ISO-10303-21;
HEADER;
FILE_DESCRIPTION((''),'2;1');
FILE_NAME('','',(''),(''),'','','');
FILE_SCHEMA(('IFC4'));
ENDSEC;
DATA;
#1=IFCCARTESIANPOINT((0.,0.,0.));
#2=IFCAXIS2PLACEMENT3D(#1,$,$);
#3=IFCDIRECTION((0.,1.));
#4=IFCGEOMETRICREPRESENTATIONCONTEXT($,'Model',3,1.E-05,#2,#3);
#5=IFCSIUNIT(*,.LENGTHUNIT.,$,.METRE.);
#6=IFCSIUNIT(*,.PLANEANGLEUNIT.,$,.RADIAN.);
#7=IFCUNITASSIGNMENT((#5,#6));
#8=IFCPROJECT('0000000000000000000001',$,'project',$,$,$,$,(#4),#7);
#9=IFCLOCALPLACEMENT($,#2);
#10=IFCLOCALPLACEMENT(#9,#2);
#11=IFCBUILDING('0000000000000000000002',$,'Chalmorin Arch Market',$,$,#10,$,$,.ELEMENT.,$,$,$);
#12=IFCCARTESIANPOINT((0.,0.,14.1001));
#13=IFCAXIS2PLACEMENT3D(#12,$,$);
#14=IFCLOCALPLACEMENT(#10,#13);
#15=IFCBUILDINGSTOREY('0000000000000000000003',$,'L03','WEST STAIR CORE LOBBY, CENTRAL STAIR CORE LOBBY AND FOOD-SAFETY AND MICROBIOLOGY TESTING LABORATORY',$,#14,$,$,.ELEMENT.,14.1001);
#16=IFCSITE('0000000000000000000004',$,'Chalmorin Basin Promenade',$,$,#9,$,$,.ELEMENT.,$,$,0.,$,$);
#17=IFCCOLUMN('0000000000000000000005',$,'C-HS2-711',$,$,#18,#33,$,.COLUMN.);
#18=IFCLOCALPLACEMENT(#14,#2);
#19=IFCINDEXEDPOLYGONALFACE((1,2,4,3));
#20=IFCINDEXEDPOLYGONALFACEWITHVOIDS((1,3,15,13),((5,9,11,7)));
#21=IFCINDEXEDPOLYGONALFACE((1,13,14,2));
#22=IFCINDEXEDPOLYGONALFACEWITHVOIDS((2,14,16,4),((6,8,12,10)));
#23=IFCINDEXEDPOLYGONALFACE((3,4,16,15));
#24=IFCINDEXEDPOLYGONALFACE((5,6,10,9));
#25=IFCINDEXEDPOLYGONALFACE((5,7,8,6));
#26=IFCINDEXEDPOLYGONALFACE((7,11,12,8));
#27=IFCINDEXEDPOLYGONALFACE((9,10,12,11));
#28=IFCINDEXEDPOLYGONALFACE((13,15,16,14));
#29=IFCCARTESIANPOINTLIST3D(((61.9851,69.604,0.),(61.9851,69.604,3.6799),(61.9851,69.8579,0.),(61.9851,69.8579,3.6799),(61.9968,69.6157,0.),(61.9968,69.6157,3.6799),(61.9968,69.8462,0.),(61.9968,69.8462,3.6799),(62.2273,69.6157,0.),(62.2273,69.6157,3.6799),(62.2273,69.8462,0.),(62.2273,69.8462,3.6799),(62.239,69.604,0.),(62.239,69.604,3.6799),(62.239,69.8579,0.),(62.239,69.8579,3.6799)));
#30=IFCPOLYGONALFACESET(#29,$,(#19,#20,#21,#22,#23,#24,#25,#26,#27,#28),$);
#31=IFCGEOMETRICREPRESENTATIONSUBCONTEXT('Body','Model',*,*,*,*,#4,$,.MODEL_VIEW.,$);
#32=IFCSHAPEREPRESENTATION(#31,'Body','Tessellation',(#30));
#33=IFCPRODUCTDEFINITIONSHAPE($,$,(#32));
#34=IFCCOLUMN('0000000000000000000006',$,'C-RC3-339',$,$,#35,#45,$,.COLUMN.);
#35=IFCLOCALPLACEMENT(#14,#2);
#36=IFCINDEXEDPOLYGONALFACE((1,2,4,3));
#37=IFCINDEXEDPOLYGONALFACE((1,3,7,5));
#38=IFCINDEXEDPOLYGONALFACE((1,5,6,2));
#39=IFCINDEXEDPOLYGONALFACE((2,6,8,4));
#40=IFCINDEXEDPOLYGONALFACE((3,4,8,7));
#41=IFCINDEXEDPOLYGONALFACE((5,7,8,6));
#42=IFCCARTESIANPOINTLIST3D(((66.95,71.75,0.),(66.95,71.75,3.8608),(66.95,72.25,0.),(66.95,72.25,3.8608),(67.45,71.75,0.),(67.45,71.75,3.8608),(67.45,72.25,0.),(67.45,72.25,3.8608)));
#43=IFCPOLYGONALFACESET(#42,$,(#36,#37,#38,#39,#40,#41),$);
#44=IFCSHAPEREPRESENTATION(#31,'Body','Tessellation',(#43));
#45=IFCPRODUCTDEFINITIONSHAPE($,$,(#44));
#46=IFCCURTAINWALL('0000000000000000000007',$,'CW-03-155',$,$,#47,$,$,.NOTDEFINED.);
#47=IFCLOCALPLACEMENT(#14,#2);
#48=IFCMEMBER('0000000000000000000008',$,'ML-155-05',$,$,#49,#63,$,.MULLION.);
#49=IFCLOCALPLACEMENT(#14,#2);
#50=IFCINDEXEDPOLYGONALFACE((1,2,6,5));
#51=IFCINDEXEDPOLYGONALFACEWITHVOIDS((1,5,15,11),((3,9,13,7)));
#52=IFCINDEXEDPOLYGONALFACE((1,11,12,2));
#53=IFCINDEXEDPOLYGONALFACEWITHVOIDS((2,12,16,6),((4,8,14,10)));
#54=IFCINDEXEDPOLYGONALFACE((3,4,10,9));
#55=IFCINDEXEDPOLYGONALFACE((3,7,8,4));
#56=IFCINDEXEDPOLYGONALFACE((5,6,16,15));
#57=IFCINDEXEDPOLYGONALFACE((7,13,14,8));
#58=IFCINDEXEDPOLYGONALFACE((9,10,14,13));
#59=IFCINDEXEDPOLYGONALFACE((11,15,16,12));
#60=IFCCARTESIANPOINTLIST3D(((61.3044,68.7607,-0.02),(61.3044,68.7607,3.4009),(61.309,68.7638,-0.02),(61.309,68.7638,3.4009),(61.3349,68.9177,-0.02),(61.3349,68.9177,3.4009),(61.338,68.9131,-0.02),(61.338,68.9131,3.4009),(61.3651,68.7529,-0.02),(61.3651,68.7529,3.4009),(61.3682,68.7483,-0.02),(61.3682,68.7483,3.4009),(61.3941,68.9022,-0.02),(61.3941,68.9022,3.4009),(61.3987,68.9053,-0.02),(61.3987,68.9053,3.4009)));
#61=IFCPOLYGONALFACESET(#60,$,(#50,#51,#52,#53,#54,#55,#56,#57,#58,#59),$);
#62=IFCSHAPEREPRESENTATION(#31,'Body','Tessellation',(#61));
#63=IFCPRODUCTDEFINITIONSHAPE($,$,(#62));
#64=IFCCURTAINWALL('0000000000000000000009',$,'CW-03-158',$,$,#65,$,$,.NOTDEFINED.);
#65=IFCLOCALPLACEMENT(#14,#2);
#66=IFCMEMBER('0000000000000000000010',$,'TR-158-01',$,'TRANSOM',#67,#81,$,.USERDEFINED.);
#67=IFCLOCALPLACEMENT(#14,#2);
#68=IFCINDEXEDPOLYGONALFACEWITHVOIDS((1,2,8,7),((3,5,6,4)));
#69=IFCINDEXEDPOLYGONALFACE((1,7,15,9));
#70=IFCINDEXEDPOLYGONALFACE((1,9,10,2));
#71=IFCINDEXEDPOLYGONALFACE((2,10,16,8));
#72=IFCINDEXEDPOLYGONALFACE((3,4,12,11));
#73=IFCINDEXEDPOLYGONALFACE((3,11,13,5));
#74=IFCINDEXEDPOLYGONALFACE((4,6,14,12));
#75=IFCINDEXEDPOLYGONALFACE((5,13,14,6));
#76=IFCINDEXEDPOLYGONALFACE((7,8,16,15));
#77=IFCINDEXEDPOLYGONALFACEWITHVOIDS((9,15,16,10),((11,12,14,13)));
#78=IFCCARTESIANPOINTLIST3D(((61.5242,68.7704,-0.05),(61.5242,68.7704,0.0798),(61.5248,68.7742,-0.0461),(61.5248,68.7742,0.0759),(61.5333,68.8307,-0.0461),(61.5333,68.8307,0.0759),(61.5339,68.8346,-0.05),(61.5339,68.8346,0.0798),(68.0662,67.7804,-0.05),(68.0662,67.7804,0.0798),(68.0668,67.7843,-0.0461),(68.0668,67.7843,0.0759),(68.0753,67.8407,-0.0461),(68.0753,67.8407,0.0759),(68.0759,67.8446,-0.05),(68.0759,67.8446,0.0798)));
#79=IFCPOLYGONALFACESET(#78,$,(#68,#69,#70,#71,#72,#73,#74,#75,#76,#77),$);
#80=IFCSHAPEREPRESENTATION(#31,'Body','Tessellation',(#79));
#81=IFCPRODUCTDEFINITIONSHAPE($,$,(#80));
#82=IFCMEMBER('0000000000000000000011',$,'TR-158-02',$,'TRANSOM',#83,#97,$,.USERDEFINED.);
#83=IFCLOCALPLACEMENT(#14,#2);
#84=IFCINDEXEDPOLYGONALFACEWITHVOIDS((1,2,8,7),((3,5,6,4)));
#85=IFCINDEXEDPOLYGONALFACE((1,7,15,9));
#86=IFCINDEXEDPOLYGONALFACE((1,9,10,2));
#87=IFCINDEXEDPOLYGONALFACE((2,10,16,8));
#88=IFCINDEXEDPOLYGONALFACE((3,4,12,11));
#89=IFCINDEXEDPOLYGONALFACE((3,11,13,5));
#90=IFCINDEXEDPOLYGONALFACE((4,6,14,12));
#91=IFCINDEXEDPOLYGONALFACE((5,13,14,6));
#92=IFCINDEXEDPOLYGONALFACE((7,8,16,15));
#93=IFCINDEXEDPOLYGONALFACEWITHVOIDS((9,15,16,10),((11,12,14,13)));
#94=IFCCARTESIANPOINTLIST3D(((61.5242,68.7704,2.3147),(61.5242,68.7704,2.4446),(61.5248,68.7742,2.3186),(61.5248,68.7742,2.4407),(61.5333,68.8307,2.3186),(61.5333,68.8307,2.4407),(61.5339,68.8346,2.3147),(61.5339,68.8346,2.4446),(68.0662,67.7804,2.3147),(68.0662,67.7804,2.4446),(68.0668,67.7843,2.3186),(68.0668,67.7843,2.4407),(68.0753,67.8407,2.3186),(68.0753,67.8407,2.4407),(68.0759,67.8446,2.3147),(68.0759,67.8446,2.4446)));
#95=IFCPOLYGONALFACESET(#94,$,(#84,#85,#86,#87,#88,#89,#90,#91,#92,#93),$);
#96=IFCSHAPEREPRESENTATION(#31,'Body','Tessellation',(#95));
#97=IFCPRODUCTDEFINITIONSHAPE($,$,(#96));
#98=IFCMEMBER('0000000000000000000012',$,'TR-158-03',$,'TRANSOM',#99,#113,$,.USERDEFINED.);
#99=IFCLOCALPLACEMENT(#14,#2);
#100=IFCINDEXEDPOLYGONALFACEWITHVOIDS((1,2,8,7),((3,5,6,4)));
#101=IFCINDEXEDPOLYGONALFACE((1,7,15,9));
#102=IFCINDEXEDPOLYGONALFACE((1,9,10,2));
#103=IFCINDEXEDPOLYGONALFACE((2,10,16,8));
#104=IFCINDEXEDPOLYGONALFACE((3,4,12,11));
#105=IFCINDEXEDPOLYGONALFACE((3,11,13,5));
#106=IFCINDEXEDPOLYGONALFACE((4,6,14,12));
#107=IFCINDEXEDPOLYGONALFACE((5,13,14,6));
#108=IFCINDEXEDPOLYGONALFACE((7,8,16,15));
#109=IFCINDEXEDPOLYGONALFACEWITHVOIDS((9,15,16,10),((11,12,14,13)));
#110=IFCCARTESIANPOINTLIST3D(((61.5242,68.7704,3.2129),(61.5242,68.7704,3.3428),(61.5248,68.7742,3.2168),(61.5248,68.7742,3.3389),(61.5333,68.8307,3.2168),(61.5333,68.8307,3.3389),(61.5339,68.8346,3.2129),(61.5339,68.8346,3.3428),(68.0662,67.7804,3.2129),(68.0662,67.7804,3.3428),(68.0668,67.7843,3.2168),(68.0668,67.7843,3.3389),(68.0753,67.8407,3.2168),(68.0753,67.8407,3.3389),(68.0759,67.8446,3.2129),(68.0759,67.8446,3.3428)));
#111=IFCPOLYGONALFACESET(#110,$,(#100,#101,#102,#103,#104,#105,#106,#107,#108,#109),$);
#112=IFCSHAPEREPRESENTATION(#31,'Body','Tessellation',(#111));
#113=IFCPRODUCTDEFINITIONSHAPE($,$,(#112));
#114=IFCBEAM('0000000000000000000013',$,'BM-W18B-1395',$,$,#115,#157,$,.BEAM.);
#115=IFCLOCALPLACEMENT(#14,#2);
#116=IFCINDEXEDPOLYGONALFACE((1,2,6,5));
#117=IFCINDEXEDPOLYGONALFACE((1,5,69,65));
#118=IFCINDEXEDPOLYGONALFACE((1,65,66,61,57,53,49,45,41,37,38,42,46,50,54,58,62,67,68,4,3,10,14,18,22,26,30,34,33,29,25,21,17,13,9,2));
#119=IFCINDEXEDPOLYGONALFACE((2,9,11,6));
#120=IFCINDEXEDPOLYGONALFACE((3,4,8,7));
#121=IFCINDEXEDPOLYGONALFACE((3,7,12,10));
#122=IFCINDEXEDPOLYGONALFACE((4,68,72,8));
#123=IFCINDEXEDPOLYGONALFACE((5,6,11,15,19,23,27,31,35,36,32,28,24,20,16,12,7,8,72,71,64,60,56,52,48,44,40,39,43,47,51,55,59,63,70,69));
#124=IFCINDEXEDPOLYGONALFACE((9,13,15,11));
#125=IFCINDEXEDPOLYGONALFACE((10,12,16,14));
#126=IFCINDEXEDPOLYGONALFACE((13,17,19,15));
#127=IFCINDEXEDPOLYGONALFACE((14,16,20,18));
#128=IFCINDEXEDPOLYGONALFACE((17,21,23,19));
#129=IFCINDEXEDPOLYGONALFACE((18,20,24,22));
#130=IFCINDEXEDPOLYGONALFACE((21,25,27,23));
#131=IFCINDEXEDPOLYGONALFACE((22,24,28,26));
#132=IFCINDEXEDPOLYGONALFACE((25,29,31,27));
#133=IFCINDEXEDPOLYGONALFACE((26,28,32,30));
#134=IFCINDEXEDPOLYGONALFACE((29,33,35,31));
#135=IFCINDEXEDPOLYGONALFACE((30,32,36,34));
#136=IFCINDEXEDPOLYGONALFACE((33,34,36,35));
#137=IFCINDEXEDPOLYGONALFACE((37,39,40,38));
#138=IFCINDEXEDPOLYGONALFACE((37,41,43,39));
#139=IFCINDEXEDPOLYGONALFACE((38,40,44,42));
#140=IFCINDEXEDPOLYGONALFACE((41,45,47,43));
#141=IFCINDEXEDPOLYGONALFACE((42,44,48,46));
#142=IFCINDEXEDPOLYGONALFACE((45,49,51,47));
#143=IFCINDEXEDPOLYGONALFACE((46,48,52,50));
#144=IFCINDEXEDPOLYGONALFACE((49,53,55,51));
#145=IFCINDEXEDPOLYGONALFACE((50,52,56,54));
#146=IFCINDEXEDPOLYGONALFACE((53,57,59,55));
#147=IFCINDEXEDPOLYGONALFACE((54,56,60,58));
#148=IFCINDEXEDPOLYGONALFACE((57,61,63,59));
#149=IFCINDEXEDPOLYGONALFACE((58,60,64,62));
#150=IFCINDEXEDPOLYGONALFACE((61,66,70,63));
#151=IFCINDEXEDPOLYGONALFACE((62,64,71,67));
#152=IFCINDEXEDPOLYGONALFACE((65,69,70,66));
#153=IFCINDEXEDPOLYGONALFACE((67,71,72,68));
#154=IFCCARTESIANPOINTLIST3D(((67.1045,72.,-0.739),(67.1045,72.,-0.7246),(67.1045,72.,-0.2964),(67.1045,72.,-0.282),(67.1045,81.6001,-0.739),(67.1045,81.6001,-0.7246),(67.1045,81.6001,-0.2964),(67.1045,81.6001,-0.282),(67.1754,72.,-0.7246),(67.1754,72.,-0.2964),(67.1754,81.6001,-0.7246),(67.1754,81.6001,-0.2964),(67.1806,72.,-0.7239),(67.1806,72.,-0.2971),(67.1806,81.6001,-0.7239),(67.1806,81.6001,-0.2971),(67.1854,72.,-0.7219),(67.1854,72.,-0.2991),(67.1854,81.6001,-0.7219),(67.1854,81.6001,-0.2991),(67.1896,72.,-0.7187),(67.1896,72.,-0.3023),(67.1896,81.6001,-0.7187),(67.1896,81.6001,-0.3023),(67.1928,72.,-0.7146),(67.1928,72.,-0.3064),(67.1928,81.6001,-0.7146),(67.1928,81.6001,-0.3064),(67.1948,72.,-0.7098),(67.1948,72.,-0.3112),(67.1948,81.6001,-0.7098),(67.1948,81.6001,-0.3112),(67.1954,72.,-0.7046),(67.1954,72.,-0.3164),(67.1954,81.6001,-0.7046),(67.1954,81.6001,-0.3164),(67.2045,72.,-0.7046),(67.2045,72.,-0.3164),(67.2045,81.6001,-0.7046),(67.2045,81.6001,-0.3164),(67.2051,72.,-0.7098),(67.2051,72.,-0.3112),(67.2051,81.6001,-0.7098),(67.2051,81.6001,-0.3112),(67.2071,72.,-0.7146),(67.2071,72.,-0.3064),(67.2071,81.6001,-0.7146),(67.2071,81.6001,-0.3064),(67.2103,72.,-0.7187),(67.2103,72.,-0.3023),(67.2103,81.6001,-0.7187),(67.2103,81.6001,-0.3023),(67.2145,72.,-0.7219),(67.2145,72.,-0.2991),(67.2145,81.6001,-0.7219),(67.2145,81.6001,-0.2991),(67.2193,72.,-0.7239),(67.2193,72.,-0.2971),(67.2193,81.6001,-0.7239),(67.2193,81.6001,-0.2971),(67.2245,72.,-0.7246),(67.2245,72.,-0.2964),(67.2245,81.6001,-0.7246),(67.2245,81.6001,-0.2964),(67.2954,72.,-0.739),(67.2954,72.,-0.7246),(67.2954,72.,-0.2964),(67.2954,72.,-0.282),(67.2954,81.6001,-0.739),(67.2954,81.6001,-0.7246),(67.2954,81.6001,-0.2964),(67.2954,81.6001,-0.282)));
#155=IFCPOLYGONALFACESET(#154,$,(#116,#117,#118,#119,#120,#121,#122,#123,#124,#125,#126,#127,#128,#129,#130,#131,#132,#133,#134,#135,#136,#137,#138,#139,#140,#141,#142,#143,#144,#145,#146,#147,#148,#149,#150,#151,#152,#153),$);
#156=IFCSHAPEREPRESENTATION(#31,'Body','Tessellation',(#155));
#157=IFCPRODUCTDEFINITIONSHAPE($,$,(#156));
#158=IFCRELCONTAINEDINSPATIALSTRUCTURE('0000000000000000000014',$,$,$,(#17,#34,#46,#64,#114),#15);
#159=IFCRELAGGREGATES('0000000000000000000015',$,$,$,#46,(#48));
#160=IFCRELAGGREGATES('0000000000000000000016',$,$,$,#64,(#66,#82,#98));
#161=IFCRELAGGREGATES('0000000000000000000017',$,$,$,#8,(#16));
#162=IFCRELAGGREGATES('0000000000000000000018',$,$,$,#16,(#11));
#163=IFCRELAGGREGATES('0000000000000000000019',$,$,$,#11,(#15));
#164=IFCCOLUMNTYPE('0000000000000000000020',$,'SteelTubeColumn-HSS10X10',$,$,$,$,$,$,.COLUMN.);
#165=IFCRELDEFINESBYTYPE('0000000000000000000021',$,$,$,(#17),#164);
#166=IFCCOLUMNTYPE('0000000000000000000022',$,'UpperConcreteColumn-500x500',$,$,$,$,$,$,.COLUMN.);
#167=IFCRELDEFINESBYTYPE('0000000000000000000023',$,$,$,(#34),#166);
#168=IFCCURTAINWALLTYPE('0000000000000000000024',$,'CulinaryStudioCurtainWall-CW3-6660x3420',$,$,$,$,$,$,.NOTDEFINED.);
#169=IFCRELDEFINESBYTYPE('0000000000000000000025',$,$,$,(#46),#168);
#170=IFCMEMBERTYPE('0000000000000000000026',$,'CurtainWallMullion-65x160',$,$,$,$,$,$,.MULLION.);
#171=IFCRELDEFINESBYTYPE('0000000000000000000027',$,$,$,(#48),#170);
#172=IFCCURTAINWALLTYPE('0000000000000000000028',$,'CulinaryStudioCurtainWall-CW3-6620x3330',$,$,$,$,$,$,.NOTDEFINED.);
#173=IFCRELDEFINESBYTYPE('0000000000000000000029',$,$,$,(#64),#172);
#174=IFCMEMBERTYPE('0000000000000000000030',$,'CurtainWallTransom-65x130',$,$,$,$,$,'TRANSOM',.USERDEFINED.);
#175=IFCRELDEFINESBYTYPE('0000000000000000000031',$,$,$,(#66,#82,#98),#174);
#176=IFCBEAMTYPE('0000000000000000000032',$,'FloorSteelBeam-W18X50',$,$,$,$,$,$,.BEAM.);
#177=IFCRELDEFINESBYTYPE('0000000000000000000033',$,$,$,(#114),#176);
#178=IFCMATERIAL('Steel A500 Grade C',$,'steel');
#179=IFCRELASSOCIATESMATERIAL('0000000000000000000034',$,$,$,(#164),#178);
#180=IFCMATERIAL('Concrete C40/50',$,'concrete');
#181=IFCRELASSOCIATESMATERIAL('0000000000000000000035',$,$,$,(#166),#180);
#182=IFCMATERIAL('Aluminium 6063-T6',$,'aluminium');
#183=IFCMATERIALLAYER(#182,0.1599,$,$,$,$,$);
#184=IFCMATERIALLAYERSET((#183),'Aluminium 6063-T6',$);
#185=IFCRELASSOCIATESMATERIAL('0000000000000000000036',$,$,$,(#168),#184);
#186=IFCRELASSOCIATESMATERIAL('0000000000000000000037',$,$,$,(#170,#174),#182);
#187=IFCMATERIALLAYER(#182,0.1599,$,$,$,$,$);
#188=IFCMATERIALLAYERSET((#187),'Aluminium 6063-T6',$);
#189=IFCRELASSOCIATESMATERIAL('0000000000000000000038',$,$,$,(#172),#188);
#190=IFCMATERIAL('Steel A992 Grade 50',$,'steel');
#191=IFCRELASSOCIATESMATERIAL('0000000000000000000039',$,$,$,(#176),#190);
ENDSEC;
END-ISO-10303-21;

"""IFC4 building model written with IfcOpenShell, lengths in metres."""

from ifc_helpers import new_model, si_unit, direction, frame, origin, origin_2d, place, context, subcontext, project, spatial, rectangle, hollow_rectangle, i_section, extrude, material, layer, layer_set, material_profile, profile_set, type_object, element, aggregate, save


model = new_model("IFC4")

# Units and contexts
model_context = context("Model", 3, precision=1e-05, world=origin(), true_north=direction((0.0, 1.0)))
body_context = subcontext(model_context, "Body", "Model", "MODEL_VIEW")
ifc_project = project(units=[si_unit("LENGTHUNIT", "METRE"), si_unit("PLANEANGLEUNIT", "RADIAN")], contexts=[model_context])

# Site, building, storey
site_placement = place(None, origin())
site = spatial("IfcSite", under=ifc_project, at=site_placement, Name="Chalmorin Basin Promenade", CompositionType="ELEMENT", RefElevation=0.0)
building_placement = place(site_placement, origin())
building = spatial("IfcBuilding", under=site, at=building_placement, Name="Chalmorin Arch Market", CompositionType="ELEMENT")
storey_placement = place(building_placement, frame((0.0, 0.0, 14.1001)))
storey = spatial("IfcBuildingStorey", under=building, at=storey_placement, Name="L03", Description="WEST STAIR CORE LOBBY, CENTRAL STAIR CORE LOBBY AND FOOD-SAFETY AND MICROBIOLOGY TESTING LABORATORY", CompositionType="ELEMENT", Elevation=14.1001)

# Columns
ifc_material_1 = material(Name="Steel A500 Grade C", Category="steel")
ifc_material_profile_1 = material_profile(ifc_material_1, hollow_rectangle(XDim=0.2539, YDim=0.2539, WallThickness=0.0117, at=origin_2d()), Name="HSS10X10X1/2")
ifc_profile_set_1 = profile_set([ifc_material_profile_1], Name="Steel A500 Grade C")
column_type_1 = type_object("IfcColumnType", Name="SteelTubeColumn-HSS10X10", PredefinedType="COLUMN", material=ifc_profile_set_1)
column_1_placement = place(storey_placement, frame((62.1121, 69.731, 0.0), z_axis=(0.0, 0.0, 1.0), x_axis=(1.0, 0.0, 0.0)))
element("IfcColumn", 1, at=column_1_placement, inside=storey, type_object=column_type_1, Name="C-HS2-711", PredefinedType="COLUMN", context=body_context, shape_type="SweptSolid", body=[
    extrude(hollow_rectangle(XDim=0.2539, YDim=0.2539, WallThickness=0.0117, at=origin_2d()), origin(), (0.0, 0.0, 1.0), 3.6799),
])
ifc_material_2 = material(Name="Concrete C40/50", Category="concrete")
ifc_material_profile_2 = material_profile(ifc_material_2, rectangle(XDim=0.5, YDim=0.5, at=origin_2d()), Name="RC500X500")
ifc_profile_set_2 = profile_set([ifc_material_profile_2], Name="Concrete C40/50")
column_type_2 = type_object("IfcColumnType", Name="UpperConcreteColumn-500x500", PredefinedType="COLUMN", material=ifc_profile_set_2)
column_2_placement = place(storey_placement, frame((67.2, 72.0, 0.0), z_axis=(0.0, 0.0, 1.0), x_axis=(1.0, 0.0, 0.0)))
element("IfcColumn", 2, at=column_2_placement, inside=storey, type_object=column_type_2, Name="C-RC3-339", PredefinedType="COLUMN", context=body_context, shape_type="SweptSolid", body=[
    extrude(rectangle(XDim=0.5, YDim=0.5, at=origin_2d()), origin(), (0.0, 0.0, 1.0), 3.8608),
])

# Curtain wall, member
ifc_material_3 = material(Name="Aluminium 6063-T6", Category="aluminium")
ifc_layer_1 = layer(ifc_material_3, 0.1599)
ifc_layer_set_1 = layer_set([ifc_layer_1], Name="Aluminium 6063-T6")
curtain_wall_type_1 = type_object("IfcCurtainWallType", Name="CulinaryStudioCurtainWall-CW3-6660x3420", PredefinedType="NOTDEFINED", material=ifc_layer_set_1)
curtain_wall_1_placement = place(storey_placement, origin())
curtain_wall_1 = element("IfcCurtainWall", 3, at=curtain_wall_1_placement, inside=storey, type_object=curtain_wall_type_1, Name="CW-03-155", PredefinedType="NOTDEFINED")
ifc_material_profile_3 = material_profile(ifc_material_3, hollow_rectangle(XDim=0.0649, YDim=0.1599, WallThickness=0.0039, at=origin_2d()), Name="ALU65X160X4")
ifc_profile_set_3 = profile_set([ifc_material_profile_3], Name="Aluminium 6063-T6")
member_type_1 = type_object("IfcMemberType", Name="CurtainWallMullion-65x160", PredefinedType="MULLION", material=ifc_profile_set_3)
member_1_placement = place(storey_placement, frame((61.3516, 68.833, -0.02), z_axis=(0.0, 0.0, 1.0), x_axis=(0.981627, -0.190809, 0.0)))
member_1 = element("IfcMember", 4, at=member_1_placement, type_object=member_type_1, Name="ML-155-05", PredefinedType="MULLION", context=body_context, shape_type="SweptSolid", body=[
    extrude(hollow_rectangle(XDim=0.0649, YDim=0.1599, WallThickness=0.0039, at=origin_2d()), origin(), (0.0, 0.0, 1.0), 3.4209),
])
aggregate(curtain_wall_1, [member_1])

# Curtain wall, members
ifc_layer_2 = layer(ifc_material_3, 0.1599)
ifc_layer_set_2 = layer_set([ifc_layer_2], Name="Aluminium 6063-T6")
curtain_wall_type_2 = type_object("IfcCurtainWallType", Name="CulinaryStudioCurtainWall-CW3-6620x3330", PredefinedType="NOTDEFINED", material=ifc_layer_set_2)
curtain_wall_2_placement = place(storey_placement, origin())
curtain_wall_2 = element("IfcCurtainWall", 5, at=curtain_wall_2_placement, inside=storey, type_object=curtain_wall_type_2, Name="CW-03-158", PredefinedType="NOTDEFINED")
ifc_material_profile_4 = material_profile(ifc_material_3, hollow_rectangle(XDim=0.0649, YDim=0.1299, WallThickness=0.0039, at=origin_2d()), Name="ALU65X130X4")
ifc_profile_set_4 = profile_set([ifc_material_profile_4], Name="Aluminium 6063-T6")
member_type_2 = type_object("IfcMemberType", Name="CurtainWallTransom-65x130", ElementType="TRANSOM", PredefinedType="USERDEFINED", material=ifc_profile_set_4)
member_2_placement = place(storey_placement, frame((61.5291, 68.8025, 0.0149), z_axis=(0.988743, -0.149625, 0.0), x_axis=(0.149625, 0.988743, 0.0)))
member_2 = element("IfcMember", 6, at=member_2_placement, type_object=member_type_2, Name="TR-158-01", ObjectType="TRANSOM", PredefinedType="USERDEFINED", context=body_context, shape_type="SweptSolid", body=[
    extrude(hollow_rectangle(XDim=0.0649, YDim=0.1299, WallThickness=0.0039, at=origin_2d()), origin(), (0.0, 0.0, 1.0), 6.6165),
])
member_3_placement = place(storey_placement, frame((61.5291, 68.8025, 2.3796), z_axis=(0.988743, -0.149625, 0.0), x_axis=(0.149625, 0.988743, 0.0)))
member_3 = element("IfcMember", 7, at=member_3_placement, type_object=member_type_2, Name="TR-158-02", ObjectType="TRANSOM", PredefinedType="USERDEFINED", context=body_context, shape_type="SweptSolid", body=[
    extrude(hollow_rectangle(XDim=0.0649, YDim=0.1299, WallThickness=0.0039, at=origin_2d()), origin(), (0.0, 0.0, 1.0), 6.6165),
])
member_4_placement = place(storey_placement, frame((61.5291, 68.8025, 3.2778), z_axis=(0.988743, -0.149625, 0.0), x_axis=(0.149625, 0.988743, 0.0)))
member_4 = element("IfcMember", 8, at=member_4_placement, type_object=member_type_2, Name="TR-158-03", ObjectType="TRANSOM", PredefinedType="USERDEFINED", context=body_context, shape_type="SweptSolid", body=[
    extrude(hollow_rectangle(XDim=0.0649, YDim=0.1299, WallThickness=0.0039, at=origin_2d()), origin(), (0.0, 0.0, 1.0), 6.6165),
])
aggregate(curtain_wall_2, [member_2, member_3, member_4])

# Beam
ifc_material_4 = material(Name="Steel A992 Grade 50", Category="steel")
ifc_material_profile_5 = material_profile(ifc_material_4, i_section(OverallWidth=0.1909, OverallDepth=0.457, WebThickness=0.009, FlangeThickness=0.0144, FilletRadius=0.02, at=origin_2d()), Name="W18X50")
ifc_profile_set_5 = profile_set([ifc_material_profile_5], Name="Steel A992 Grade 50")
beam_type_1 = type_object("IfcBeamType", Name="FloorSteelBeam-W18X50", PredefinedType="BEAM", material=ifc_profile_set_5)
beam_1_placement = place(storey_placement, frame((67.2, 72.0, -0.5105), z_axis=(0.0, 1.0, 0.0), x_axis=(-1.0, 0.0, 0.0)))
element("IfcBeam", 9, at=beam_1_placement, inside=storey, type_object=beam_type_1, Name="BM-W18B-1395", PredefinedType="BEAM", context=body_context, shape_type="SweptSolid", body=[
    extrude(i_section(OverallWidth=0.1909, OverallDepth=0.457, WebThickness=0.009, FlangeThickness=0.0144, FilletRadius=0.02, at=origin_2d()), origin(), (0.0, 0.0, 1.0), 9.6001),
])

save(model, "model.ifc")
